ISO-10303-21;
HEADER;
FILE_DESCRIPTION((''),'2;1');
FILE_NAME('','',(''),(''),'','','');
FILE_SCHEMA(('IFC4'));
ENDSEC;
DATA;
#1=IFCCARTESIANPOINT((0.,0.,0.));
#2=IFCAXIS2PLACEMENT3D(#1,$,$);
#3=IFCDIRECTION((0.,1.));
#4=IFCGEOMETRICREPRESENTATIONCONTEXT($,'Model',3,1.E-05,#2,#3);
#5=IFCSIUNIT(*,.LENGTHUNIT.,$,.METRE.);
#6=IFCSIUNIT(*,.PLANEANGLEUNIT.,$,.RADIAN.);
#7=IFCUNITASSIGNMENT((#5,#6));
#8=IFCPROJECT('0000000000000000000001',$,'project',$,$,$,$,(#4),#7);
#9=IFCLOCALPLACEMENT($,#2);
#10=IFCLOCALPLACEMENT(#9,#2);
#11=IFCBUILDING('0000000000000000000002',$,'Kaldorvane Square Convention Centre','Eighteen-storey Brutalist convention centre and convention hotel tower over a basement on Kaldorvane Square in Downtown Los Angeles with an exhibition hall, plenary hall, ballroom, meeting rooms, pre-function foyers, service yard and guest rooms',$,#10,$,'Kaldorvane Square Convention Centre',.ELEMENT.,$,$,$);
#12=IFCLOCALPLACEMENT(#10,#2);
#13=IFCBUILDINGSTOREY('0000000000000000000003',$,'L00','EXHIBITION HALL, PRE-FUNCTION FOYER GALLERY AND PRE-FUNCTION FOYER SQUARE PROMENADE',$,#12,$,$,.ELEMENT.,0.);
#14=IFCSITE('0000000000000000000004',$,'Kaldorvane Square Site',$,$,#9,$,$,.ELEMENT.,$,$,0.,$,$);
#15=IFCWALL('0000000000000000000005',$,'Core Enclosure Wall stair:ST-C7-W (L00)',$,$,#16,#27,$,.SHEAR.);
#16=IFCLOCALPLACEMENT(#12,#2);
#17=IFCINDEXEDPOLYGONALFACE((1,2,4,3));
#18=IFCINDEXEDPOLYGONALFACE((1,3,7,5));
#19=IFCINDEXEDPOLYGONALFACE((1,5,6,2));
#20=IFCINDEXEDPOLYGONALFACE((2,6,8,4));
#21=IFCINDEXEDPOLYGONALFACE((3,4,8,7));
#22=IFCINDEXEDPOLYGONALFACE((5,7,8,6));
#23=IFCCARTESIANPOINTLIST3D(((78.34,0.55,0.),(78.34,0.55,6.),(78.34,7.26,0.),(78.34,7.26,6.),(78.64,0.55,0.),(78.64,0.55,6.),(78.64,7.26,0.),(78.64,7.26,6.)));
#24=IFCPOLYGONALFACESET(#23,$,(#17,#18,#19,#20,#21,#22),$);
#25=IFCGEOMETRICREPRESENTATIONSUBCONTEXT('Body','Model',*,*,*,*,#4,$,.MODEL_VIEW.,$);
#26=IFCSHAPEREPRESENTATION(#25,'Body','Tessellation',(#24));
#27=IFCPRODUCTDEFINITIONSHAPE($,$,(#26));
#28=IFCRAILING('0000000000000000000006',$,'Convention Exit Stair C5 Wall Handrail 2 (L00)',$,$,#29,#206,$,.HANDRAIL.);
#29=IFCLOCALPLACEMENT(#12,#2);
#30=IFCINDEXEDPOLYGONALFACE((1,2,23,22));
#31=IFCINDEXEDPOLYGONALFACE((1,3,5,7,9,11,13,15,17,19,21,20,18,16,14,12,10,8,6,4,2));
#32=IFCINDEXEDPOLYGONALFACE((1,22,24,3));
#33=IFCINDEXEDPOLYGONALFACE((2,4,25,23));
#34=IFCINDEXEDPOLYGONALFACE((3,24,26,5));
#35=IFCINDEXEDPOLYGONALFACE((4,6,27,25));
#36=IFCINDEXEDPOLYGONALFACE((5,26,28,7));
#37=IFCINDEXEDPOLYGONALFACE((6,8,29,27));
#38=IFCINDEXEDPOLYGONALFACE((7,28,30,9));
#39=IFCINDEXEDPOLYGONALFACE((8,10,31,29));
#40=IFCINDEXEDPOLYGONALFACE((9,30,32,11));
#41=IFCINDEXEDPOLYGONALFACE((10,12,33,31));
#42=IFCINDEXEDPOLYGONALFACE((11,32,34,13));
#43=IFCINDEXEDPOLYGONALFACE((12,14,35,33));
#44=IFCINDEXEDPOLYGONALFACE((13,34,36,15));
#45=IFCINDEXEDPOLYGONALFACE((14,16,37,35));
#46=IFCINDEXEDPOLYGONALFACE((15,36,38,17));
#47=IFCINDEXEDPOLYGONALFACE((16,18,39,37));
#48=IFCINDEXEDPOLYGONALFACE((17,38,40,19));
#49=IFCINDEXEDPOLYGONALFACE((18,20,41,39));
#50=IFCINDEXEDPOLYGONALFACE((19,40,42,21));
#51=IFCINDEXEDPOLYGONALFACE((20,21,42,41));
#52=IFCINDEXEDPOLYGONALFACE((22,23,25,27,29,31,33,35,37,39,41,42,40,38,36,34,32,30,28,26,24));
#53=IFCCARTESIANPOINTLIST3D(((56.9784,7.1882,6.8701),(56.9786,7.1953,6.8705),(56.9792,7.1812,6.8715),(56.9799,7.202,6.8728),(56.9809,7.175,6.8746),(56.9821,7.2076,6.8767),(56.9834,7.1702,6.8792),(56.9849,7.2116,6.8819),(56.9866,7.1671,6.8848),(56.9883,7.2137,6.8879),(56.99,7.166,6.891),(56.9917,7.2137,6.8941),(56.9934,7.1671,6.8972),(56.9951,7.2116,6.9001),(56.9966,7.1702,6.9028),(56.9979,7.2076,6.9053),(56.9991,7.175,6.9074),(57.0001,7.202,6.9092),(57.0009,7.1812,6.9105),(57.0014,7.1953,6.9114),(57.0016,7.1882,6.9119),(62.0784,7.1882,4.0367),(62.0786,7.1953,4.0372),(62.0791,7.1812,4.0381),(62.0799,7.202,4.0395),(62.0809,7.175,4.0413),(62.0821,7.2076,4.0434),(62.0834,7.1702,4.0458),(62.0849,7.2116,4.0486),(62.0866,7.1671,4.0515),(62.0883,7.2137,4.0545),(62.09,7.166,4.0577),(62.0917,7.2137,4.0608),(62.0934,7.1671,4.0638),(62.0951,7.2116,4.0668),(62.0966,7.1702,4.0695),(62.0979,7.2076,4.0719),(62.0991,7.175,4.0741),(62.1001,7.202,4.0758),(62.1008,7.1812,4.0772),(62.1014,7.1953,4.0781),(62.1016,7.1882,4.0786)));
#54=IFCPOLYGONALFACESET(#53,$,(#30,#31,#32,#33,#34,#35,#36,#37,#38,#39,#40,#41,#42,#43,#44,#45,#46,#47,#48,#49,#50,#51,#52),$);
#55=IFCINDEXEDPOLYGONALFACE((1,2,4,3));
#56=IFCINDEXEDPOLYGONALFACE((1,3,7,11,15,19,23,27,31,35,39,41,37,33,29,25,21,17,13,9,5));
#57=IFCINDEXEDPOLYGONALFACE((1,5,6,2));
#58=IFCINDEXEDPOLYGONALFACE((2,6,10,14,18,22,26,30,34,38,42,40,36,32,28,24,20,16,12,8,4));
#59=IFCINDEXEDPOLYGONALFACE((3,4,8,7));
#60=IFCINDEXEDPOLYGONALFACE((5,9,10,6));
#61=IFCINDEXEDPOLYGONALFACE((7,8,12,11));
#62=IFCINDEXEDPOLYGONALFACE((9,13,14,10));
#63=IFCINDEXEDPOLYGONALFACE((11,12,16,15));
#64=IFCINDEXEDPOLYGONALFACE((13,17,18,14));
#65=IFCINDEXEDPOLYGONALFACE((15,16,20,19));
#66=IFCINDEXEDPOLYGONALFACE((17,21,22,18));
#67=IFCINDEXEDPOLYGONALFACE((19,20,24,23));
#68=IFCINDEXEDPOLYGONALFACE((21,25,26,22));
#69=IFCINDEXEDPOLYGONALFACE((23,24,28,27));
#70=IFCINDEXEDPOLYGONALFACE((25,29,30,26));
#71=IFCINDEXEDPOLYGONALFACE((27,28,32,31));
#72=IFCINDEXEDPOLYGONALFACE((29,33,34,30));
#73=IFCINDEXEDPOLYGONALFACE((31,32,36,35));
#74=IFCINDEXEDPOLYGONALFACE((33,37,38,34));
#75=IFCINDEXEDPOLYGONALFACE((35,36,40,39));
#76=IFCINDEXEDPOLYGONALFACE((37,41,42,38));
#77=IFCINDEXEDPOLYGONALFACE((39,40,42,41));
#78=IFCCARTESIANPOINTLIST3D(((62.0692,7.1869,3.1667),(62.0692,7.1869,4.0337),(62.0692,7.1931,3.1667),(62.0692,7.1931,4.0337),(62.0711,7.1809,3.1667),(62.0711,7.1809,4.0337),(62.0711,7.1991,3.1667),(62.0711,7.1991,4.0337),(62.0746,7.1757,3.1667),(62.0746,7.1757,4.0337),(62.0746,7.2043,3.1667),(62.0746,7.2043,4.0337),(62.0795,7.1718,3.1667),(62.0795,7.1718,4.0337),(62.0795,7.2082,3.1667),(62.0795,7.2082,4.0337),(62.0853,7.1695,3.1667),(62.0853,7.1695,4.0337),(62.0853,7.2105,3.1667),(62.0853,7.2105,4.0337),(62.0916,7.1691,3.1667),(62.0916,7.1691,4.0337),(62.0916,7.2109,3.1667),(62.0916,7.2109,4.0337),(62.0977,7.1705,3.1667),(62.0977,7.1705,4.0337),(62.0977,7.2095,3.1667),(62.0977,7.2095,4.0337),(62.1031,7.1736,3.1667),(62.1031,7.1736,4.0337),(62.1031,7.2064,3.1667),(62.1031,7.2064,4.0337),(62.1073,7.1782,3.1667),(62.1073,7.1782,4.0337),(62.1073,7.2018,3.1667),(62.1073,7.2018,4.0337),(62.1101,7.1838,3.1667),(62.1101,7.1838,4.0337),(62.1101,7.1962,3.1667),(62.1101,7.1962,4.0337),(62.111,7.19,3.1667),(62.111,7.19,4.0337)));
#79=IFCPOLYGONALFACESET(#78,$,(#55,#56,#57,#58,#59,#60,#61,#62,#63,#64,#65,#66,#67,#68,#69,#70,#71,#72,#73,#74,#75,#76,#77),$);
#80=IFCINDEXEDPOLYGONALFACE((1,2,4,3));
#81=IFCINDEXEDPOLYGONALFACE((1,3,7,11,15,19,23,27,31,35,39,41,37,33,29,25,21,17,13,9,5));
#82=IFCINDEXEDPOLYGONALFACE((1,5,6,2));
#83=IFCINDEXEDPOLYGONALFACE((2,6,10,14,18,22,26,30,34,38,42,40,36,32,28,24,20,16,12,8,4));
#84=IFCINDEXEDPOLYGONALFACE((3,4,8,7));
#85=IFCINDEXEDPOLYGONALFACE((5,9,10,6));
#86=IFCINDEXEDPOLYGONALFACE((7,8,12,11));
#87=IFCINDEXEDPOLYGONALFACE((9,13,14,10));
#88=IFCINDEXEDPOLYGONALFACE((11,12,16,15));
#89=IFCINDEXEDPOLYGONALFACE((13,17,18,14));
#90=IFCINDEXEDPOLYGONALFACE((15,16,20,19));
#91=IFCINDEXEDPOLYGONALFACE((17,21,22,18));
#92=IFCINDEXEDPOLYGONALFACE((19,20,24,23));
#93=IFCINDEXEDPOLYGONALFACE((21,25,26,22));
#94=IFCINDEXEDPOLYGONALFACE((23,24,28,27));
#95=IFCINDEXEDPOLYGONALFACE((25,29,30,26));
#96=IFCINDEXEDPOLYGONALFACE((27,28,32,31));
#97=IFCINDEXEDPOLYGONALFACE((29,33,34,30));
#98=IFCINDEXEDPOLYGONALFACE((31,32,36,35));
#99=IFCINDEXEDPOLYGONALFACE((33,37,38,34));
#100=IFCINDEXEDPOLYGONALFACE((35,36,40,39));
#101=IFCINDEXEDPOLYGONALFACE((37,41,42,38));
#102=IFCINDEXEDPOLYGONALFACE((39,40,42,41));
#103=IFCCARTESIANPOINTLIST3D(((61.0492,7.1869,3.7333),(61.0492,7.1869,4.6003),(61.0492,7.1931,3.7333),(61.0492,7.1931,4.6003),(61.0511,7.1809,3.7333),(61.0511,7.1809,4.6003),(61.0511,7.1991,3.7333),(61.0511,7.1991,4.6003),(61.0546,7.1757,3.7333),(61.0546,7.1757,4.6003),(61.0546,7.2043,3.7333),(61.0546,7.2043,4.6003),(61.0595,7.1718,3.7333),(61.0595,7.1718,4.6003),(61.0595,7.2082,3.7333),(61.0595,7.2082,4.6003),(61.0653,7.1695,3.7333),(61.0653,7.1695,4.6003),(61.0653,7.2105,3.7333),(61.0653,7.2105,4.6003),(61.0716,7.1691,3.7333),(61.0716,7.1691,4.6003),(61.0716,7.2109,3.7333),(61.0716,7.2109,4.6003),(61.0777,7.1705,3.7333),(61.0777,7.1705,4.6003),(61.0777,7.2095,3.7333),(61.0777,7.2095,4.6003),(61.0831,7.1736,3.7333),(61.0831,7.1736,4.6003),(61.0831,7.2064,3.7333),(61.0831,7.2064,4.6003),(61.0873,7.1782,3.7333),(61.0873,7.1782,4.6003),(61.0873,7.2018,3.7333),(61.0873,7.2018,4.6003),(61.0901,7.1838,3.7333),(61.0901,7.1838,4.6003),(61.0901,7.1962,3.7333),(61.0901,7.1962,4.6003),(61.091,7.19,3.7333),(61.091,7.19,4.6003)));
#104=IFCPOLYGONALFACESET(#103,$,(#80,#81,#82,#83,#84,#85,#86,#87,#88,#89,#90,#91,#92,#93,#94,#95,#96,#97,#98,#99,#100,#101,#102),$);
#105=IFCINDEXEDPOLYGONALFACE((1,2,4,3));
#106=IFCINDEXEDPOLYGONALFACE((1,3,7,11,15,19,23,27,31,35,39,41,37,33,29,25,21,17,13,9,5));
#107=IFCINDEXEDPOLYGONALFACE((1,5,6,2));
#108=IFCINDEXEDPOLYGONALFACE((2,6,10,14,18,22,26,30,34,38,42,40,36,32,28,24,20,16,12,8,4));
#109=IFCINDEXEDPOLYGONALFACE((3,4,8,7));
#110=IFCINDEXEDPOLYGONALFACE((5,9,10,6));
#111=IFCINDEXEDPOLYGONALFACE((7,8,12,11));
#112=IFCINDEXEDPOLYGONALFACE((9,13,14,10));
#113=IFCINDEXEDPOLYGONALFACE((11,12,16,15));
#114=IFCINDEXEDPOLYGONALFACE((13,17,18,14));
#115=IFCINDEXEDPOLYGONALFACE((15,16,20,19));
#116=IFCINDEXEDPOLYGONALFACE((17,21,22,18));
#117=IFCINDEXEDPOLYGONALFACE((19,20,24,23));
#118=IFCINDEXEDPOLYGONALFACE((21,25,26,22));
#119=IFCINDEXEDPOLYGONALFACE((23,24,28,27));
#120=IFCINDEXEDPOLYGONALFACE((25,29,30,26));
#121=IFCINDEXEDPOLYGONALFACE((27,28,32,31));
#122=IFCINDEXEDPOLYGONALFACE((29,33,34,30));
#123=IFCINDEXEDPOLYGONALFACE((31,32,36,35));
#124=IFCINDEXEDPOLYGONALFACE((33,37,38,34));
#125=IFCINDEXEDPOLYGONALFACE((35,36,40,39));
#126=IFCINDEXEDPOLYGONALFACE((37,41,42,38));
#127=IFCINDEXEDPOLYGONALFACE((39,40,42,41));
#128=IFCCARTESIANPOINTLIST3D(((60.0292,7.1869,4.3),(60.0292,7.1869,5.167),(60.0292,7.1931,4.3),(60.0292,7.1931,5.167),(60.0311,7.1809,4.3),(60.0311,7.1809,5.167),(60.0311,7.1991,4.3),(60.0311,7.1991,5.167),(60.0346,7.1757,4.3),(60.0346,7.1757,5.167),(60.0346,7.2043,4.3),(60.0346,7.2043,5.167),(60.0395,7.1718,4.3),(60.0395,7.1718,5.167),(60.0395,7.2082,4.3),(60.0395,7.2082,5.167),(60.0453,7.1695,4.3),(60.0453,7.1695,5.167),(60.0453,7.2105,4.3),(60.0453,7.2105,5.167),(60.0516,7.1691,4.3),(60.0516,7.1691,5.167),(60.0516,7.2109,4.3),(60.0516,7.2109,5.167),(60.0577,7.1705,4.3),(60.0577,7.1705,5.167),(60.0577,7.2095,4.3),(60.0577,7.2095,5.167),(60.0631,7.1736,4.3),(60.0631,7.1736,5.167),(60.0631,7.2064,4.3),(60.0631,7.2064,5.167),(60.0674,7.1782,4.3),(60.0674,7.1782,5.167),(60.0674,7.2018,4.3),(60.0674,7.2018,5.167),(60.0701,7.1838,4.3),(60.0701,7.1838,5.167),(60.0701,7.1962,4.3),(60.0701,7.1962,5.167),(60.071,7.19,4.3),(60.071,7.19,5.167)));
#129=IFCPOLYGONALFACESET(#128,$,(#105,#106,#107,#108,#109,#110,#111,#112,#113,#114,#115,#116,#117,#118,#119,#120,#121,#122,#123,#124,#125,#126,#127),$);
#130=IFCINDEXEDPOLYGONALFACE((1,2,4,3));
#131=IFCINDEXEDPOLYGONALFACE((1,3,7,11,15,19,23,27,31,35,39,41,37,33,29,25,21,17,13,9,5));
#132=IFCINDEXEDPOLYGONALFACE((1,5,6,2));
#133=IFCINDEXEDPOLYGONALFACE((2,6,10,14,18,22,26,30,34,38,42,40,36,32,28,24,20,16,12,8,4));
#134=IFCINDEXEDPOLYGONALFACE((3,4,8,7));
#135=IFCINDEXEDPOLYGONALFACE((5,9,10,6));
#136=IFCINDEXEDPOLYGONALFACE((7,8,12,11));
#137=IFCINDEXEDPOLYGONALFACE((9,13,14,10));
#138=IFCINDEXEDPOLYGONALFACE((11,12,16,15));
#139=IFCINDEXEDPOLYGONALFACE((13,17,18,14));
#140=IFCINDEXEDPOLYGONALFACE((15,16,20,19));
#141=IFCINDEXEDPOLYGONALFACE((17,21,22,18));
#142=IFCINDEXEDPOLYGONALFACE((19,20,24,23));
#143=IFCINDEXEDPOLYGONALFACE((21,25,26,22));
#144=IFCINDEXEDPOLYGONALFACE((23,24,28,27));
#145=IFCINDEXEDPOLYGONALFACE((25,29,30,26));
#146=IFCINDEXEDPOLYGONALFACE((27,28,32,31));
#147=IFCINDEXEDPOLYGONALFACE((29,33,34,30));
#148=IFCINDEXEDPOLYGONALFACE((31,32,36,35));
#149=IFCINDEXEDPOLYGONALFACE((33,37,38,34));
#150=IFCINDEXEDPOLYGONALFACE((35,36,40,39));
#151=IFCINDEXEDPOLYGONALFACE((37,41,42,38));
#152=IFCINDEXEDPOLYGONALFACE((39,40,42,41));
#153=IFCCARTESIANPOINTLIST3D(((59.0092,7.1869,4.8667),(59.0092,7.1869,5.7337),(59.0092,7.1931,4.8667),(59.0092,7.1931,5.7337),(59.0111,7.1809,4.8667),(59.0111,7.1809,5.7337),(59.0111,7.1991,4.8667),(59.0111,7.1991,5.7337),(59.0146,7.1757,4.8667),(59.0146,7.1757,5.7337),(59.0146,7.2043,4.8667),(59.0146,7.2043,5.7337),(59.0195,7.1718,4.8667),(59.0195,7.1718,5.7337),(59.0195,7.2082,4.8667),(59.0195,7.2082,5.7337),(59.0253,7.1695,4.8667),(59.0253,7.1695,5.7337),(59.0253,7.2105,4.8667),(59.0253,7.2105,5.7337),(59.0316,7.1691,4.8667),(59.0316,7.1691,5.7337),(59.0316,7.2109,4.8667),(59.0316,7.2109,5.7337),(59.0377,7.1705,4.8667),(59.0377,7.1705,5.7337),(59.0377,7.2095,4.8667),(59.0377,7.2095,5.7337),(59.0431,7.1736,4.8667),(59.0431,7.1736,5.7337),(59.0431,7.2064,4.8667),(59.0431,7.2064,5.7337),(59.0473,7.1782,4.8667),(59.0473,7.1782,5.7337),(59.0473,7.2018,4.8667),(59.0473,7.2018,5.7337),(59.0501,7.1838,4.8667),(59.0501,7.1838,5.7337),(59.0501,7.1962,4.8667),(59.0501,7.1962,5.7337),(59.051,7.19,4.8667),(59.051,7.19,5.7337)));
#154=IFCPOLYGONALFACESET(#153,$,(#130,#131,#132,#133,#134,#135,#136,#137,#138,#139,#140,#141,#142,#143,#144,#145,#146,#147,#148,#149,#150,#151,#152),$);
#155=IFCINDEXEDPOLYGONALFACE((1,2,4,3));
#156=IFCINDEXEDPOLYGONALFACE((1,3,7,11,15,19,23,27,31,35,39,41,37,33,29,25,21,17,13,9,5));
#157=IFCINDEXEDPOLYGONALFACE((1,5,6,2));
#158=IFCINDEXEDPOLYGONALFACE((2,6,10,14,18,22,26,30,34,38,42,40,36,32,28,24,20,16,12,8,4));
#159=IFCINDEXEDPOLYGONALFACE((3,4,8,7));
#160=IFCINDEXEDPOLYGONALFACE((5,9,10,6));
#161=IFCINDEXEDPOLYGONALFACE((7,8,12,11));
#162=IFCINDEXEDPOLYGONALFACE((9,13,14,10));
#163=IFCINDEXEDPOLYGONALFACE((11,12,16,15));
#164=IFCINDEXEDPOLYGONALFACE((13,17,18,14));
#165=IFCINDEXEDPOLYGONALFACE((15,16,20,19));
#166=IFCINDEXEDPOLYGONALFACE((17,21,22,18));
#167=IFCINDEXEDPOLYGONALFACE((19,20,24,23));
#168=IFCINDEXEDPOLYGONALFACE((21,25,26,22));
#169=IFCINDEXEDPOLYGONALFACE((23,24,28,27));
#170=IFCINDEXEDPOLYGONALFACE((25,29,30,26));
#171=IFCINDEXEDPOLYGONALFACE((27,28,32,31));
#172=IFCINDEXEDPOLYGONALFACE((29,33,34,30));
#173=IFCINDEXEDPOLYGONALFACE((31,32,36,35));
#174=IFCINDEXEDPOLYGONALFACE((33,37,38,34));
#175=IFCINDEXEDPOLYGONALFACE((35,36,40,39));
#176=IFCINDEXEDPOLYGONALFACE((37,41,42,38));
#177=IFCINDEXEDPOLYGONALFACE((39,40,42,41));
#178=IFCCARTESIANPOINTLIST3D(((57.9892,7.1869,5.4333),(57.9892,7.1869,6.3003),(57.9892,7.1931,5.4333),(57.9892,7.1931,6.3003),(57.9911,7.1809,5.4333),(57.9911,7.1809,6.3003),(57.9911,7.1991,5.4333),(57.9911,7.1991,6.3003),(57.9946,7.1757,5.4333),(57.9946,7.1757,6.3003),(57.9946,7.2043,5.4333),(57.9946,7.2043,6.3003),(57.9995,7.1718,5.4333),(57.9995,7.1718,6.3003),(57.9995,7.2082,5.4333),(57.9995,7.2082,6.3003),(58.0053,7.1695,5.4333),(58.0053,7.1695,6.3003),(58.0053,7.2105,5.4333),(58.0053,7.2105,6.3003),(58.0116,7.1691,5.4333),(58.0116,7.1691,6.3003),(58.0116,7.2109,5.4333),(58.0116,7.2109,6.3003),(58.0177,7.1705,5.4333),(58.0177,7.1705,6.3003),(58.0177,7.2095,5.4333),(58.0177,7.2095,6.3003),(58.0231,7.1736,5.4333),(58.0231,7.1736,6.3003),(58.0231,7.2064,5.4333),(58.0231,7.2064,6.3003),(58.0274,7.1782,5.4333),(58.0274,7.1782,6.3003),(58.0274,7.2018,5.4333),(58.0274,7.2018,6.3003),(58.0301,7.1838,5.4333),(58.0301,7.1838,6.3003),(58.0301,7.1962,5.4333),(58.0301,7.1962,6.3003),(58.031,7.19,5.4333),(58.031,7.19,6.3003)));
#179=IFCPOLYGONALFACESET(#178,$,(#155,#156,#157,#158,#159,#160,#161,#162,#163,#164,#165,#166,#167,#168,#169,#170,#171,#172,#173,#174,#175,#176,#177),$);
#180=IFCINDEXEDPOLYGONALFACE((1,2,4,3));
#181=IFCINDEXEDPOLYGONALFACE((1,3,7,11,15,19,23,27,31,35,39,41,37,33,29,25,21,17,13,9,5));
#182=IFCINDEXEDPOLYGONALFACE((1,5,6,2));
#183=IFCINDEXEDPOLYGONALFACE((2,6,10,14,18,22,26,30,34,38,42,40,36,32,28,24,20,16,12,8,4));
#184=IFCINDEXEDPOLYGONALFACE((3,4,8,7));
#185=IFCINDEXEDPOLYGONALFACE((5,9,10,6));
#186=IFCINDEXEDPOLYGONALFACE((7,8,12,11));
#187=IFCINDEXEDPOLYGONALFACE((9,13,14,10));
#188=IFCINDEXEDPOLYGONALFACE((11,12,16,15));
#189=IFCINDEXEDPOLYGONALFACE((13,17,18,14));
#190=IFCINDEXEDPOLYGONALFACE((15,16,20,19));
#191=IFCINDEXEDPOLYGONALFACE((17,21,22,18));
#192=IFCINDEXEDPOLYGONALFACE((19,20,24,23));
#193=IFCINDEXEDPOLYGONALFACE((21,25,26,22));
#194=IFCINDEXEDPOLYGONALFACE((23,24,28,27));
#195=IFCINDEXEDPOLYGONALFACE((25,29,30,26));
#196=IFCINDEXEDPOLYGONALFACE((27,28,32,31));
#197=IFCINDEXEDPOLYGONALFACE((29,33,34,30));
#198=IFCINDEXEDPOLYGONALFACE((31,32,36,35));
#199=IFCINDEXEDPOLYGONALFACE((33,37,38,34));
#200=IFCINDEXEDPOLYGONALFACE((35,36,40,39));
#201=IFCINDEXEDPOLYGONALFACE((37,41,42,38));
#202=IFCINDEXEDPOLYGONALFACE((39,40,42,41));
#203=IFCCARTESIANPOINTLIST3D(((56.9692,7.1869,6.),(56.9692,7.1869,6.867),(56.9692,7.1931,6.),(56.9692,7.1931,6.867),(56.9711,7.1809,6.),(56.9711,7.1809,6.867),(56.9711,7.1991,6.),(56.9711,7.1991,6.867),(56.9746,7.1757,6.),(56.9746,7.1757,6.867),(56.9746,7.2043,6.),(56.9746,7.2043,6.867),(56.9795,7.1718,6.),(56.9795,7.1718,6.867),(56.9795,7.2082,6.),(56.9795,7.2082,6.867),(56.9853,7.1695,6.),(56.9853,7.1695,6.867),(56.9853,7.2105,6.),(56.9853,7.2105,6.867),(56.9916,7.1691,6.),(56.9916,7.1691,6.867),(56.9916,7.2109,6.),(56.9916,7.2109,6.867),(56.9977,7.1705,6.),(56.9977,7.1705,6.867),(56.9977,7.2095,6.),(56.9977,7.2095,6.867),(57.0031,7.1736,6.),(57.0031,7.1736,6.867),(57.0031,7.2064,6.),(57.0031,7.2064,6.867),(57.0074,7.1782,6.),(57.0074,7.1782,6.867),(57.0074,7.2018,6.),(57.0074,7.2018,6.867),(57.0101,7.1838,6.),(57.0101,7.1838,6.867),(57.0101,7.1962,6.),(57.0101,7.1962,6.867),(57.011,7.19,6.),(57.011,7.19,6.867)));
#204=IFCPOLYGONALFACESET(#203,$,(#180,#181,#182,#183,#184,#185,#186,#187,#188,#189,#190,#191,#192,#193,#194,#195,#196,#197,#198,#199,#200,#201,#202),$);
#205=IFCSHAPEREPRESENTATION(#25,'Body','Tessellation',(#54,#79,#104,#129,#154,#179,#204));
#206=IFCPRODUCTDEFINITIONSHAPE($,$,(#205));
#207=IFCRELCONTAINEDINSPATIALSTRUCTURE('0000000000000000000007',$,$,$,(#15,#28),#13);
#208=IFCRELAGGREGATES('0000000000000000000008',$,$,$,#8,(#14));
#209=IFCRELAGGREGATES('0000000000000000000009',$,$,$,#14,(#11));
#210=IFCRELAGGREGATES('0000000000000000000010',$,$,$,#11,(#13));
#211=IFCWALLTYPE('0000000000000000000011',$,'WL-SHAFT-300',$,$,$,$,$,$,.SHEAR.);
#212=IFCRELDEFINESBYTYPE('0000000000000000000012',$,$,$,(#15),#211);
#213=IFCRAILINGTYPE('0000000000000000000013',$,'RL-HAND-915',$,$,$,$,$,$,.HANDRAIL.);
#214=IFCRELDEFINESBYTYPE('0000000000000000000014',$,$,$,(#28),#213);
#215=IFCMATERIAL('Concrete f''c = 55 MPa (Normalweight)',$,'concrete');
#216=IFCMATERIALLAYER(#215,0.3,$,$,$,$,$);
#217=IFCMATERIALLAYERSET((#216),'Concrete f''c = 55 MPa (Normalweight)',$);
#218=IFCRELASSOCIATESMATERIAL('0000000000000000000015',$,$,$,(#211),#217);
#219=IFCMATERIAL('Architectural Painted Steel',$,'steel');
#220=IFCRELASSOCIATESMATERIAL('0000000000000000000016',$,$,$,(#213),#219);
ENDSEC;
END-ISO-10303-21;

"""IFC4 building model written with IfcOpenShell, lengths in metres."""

from ifc_helpers import new_model, si_unit, direction, frame, frame_2d, origin, origin_2d, place, context, subcontext, project, spatial, rectangle, circle, extrude, material, layer, layer_set, type_object, element, save


model = new_model("IFC4")

# Units and contexts
model_context = context("Model", 3, precision=1e-05, world=origin(), true_north=direction((0.0, 1.0)))
body_context = subcontext(model_context, "Body", "Model", "MODEL_VIEW")
ifc_project = project(units=[si_unit("LENGTHUNIT", "METRE"), si_unit("PLANEANGLEUNIT", "RADIAN")], contexts=[model_context])

# Site, building, storey
site_placement = place(None, origin())
site = spatial("IfcSite", under=ifc_project, at=site_placement, Name="Kaldorvane Square Site", CompositionType="ELEMENT", RefElevation=0.0)
building_placement = place(site_placement, origin())
building = spatial("IfcBuilding", under=site, at=building_placement, Name="Kaldorvane Square Convention Centre", Description="Eighteen-storey Brutalist convention centre and convention hotel tower over a basement on Kaldorvane Square in Downtown Los Angeles with an exhibition hall, plenary hall, ballroom, meeting rooms, pre-function foyers, service yard and guest rooms", LongName="Kaldorvane Square Convention Centre", CompositionType="ELEMENT")
storey_placement = place(building_placement, origin())
storey = spatial("IfcBuildingStorey", under=building, at=storey_placement, Name="L00", Description="EXHIBITION HALL, PRE-FUNCTION FOYER GALLERY AND PRE-FUNCTION FOYER SQUARE PROMENADE", CompositionType="ELEMENT", Elevation=0.0)

# Shared definitions
ifc_material_1 = material(Name="Concrete f'c = 55 MPa (Normalweight)", Category="concrete")
ifc_layer = layer(ifc_material_1, 0.3)
ifc_layer_set = layer_set([ifc_layer], Name="Concrete f'c = 55 MPa (Normalweight)")
wall_type = type_object("IfcWallType", Name="WL-SHAFT-300", PredefinedType="SHEAR", material=ifc_layer_set)

# Wall
for number, where, z_axis, x_axis, name in (
    (1, (78.49, 7.26, 0.0), (0.0, 0.0, 1.0), (0.0, -1.0, 0.0), "Core Enclosure Wall stair:ST-C7-W (L00)"),
):
    element("IfcWall", number, at=place(storey_placement, frame(where, z_axis=z_axis, x_axis=x_axis)), inside=storey, type_object=wall_type, Name=name, PredefinedType="SHEAR", context=body_context, shape_type="SweptSolid", body=[
        extrude(rectangle(XDim=6.71, YDim=0.3, at=frame_2d((3.355, 0.0))), origin(), (0.0, 0.0, 1.0), 6.0),
    ])

# Railing
ifc_material_2 = material(Name="Architectural Painted Steel", Category="steel")
railing_type = type_object("IfcRailingType", Name="RL-HAND-915", PredefinedType="HANDRAIL", material=ifc_material_2)
for number, where, name in (
    (2, (62.09, 7.19, 3.1667), "Convention Exit Stair C5 Wall Handrail 2 (L00)"),
):
    element("IfcRailing", number, at=place(storey_placement, frame(where)), inside=storey, type_object=railing_type, Name=name, PredefinedType="HANDRAIL", context=body_context, shape_type="SweptSolid", body=[
        extrude(circle(Radius=0.024, at=origin_2d()), frame((0.0, 0.0, 0.891), z_axis=(-0.874157, 0.0, 0.485643), x_axis=(0.0, -1.0, 0.0)), (0.0, 0.0, 1.0), 5.8342),
        extrude(circle(Radius=0.021, at=origin_2d()), origin(), (0.0, 0.0, 1.0), 0.867),
        extrude(circle(Radius=0.021, at=origin_2d()), frame((-1.02, 0.0, 0.5667)), (0.0, 0.0, 1.0), 0.867),
        extrude(circle(Radius=0.021, at=origin_2d()), frame((-2.04, 0.0, 1.1333)), (0.0, 0.0, 1.0), 0.867),
        extrude(circle(Radius=0.021, at=origin_2d()), frame((-3.06, 0.0, 1.7)), (0.0, 0.0, 1.0), 0.867),
        extrude(circle(Radius=0.021, at=origin_2d()), frame((-4.08, 0.0, 2.2667)), (0.0, 0.0, 1.0), 0.867),
        extrude(circle(Radius=0.021, at=origin_2d()), frame((-5.1, 0.0, 2.8333)), (0.0, 0.0, 1.0), 0.867),
    ])

save(model, "model.ifc")
